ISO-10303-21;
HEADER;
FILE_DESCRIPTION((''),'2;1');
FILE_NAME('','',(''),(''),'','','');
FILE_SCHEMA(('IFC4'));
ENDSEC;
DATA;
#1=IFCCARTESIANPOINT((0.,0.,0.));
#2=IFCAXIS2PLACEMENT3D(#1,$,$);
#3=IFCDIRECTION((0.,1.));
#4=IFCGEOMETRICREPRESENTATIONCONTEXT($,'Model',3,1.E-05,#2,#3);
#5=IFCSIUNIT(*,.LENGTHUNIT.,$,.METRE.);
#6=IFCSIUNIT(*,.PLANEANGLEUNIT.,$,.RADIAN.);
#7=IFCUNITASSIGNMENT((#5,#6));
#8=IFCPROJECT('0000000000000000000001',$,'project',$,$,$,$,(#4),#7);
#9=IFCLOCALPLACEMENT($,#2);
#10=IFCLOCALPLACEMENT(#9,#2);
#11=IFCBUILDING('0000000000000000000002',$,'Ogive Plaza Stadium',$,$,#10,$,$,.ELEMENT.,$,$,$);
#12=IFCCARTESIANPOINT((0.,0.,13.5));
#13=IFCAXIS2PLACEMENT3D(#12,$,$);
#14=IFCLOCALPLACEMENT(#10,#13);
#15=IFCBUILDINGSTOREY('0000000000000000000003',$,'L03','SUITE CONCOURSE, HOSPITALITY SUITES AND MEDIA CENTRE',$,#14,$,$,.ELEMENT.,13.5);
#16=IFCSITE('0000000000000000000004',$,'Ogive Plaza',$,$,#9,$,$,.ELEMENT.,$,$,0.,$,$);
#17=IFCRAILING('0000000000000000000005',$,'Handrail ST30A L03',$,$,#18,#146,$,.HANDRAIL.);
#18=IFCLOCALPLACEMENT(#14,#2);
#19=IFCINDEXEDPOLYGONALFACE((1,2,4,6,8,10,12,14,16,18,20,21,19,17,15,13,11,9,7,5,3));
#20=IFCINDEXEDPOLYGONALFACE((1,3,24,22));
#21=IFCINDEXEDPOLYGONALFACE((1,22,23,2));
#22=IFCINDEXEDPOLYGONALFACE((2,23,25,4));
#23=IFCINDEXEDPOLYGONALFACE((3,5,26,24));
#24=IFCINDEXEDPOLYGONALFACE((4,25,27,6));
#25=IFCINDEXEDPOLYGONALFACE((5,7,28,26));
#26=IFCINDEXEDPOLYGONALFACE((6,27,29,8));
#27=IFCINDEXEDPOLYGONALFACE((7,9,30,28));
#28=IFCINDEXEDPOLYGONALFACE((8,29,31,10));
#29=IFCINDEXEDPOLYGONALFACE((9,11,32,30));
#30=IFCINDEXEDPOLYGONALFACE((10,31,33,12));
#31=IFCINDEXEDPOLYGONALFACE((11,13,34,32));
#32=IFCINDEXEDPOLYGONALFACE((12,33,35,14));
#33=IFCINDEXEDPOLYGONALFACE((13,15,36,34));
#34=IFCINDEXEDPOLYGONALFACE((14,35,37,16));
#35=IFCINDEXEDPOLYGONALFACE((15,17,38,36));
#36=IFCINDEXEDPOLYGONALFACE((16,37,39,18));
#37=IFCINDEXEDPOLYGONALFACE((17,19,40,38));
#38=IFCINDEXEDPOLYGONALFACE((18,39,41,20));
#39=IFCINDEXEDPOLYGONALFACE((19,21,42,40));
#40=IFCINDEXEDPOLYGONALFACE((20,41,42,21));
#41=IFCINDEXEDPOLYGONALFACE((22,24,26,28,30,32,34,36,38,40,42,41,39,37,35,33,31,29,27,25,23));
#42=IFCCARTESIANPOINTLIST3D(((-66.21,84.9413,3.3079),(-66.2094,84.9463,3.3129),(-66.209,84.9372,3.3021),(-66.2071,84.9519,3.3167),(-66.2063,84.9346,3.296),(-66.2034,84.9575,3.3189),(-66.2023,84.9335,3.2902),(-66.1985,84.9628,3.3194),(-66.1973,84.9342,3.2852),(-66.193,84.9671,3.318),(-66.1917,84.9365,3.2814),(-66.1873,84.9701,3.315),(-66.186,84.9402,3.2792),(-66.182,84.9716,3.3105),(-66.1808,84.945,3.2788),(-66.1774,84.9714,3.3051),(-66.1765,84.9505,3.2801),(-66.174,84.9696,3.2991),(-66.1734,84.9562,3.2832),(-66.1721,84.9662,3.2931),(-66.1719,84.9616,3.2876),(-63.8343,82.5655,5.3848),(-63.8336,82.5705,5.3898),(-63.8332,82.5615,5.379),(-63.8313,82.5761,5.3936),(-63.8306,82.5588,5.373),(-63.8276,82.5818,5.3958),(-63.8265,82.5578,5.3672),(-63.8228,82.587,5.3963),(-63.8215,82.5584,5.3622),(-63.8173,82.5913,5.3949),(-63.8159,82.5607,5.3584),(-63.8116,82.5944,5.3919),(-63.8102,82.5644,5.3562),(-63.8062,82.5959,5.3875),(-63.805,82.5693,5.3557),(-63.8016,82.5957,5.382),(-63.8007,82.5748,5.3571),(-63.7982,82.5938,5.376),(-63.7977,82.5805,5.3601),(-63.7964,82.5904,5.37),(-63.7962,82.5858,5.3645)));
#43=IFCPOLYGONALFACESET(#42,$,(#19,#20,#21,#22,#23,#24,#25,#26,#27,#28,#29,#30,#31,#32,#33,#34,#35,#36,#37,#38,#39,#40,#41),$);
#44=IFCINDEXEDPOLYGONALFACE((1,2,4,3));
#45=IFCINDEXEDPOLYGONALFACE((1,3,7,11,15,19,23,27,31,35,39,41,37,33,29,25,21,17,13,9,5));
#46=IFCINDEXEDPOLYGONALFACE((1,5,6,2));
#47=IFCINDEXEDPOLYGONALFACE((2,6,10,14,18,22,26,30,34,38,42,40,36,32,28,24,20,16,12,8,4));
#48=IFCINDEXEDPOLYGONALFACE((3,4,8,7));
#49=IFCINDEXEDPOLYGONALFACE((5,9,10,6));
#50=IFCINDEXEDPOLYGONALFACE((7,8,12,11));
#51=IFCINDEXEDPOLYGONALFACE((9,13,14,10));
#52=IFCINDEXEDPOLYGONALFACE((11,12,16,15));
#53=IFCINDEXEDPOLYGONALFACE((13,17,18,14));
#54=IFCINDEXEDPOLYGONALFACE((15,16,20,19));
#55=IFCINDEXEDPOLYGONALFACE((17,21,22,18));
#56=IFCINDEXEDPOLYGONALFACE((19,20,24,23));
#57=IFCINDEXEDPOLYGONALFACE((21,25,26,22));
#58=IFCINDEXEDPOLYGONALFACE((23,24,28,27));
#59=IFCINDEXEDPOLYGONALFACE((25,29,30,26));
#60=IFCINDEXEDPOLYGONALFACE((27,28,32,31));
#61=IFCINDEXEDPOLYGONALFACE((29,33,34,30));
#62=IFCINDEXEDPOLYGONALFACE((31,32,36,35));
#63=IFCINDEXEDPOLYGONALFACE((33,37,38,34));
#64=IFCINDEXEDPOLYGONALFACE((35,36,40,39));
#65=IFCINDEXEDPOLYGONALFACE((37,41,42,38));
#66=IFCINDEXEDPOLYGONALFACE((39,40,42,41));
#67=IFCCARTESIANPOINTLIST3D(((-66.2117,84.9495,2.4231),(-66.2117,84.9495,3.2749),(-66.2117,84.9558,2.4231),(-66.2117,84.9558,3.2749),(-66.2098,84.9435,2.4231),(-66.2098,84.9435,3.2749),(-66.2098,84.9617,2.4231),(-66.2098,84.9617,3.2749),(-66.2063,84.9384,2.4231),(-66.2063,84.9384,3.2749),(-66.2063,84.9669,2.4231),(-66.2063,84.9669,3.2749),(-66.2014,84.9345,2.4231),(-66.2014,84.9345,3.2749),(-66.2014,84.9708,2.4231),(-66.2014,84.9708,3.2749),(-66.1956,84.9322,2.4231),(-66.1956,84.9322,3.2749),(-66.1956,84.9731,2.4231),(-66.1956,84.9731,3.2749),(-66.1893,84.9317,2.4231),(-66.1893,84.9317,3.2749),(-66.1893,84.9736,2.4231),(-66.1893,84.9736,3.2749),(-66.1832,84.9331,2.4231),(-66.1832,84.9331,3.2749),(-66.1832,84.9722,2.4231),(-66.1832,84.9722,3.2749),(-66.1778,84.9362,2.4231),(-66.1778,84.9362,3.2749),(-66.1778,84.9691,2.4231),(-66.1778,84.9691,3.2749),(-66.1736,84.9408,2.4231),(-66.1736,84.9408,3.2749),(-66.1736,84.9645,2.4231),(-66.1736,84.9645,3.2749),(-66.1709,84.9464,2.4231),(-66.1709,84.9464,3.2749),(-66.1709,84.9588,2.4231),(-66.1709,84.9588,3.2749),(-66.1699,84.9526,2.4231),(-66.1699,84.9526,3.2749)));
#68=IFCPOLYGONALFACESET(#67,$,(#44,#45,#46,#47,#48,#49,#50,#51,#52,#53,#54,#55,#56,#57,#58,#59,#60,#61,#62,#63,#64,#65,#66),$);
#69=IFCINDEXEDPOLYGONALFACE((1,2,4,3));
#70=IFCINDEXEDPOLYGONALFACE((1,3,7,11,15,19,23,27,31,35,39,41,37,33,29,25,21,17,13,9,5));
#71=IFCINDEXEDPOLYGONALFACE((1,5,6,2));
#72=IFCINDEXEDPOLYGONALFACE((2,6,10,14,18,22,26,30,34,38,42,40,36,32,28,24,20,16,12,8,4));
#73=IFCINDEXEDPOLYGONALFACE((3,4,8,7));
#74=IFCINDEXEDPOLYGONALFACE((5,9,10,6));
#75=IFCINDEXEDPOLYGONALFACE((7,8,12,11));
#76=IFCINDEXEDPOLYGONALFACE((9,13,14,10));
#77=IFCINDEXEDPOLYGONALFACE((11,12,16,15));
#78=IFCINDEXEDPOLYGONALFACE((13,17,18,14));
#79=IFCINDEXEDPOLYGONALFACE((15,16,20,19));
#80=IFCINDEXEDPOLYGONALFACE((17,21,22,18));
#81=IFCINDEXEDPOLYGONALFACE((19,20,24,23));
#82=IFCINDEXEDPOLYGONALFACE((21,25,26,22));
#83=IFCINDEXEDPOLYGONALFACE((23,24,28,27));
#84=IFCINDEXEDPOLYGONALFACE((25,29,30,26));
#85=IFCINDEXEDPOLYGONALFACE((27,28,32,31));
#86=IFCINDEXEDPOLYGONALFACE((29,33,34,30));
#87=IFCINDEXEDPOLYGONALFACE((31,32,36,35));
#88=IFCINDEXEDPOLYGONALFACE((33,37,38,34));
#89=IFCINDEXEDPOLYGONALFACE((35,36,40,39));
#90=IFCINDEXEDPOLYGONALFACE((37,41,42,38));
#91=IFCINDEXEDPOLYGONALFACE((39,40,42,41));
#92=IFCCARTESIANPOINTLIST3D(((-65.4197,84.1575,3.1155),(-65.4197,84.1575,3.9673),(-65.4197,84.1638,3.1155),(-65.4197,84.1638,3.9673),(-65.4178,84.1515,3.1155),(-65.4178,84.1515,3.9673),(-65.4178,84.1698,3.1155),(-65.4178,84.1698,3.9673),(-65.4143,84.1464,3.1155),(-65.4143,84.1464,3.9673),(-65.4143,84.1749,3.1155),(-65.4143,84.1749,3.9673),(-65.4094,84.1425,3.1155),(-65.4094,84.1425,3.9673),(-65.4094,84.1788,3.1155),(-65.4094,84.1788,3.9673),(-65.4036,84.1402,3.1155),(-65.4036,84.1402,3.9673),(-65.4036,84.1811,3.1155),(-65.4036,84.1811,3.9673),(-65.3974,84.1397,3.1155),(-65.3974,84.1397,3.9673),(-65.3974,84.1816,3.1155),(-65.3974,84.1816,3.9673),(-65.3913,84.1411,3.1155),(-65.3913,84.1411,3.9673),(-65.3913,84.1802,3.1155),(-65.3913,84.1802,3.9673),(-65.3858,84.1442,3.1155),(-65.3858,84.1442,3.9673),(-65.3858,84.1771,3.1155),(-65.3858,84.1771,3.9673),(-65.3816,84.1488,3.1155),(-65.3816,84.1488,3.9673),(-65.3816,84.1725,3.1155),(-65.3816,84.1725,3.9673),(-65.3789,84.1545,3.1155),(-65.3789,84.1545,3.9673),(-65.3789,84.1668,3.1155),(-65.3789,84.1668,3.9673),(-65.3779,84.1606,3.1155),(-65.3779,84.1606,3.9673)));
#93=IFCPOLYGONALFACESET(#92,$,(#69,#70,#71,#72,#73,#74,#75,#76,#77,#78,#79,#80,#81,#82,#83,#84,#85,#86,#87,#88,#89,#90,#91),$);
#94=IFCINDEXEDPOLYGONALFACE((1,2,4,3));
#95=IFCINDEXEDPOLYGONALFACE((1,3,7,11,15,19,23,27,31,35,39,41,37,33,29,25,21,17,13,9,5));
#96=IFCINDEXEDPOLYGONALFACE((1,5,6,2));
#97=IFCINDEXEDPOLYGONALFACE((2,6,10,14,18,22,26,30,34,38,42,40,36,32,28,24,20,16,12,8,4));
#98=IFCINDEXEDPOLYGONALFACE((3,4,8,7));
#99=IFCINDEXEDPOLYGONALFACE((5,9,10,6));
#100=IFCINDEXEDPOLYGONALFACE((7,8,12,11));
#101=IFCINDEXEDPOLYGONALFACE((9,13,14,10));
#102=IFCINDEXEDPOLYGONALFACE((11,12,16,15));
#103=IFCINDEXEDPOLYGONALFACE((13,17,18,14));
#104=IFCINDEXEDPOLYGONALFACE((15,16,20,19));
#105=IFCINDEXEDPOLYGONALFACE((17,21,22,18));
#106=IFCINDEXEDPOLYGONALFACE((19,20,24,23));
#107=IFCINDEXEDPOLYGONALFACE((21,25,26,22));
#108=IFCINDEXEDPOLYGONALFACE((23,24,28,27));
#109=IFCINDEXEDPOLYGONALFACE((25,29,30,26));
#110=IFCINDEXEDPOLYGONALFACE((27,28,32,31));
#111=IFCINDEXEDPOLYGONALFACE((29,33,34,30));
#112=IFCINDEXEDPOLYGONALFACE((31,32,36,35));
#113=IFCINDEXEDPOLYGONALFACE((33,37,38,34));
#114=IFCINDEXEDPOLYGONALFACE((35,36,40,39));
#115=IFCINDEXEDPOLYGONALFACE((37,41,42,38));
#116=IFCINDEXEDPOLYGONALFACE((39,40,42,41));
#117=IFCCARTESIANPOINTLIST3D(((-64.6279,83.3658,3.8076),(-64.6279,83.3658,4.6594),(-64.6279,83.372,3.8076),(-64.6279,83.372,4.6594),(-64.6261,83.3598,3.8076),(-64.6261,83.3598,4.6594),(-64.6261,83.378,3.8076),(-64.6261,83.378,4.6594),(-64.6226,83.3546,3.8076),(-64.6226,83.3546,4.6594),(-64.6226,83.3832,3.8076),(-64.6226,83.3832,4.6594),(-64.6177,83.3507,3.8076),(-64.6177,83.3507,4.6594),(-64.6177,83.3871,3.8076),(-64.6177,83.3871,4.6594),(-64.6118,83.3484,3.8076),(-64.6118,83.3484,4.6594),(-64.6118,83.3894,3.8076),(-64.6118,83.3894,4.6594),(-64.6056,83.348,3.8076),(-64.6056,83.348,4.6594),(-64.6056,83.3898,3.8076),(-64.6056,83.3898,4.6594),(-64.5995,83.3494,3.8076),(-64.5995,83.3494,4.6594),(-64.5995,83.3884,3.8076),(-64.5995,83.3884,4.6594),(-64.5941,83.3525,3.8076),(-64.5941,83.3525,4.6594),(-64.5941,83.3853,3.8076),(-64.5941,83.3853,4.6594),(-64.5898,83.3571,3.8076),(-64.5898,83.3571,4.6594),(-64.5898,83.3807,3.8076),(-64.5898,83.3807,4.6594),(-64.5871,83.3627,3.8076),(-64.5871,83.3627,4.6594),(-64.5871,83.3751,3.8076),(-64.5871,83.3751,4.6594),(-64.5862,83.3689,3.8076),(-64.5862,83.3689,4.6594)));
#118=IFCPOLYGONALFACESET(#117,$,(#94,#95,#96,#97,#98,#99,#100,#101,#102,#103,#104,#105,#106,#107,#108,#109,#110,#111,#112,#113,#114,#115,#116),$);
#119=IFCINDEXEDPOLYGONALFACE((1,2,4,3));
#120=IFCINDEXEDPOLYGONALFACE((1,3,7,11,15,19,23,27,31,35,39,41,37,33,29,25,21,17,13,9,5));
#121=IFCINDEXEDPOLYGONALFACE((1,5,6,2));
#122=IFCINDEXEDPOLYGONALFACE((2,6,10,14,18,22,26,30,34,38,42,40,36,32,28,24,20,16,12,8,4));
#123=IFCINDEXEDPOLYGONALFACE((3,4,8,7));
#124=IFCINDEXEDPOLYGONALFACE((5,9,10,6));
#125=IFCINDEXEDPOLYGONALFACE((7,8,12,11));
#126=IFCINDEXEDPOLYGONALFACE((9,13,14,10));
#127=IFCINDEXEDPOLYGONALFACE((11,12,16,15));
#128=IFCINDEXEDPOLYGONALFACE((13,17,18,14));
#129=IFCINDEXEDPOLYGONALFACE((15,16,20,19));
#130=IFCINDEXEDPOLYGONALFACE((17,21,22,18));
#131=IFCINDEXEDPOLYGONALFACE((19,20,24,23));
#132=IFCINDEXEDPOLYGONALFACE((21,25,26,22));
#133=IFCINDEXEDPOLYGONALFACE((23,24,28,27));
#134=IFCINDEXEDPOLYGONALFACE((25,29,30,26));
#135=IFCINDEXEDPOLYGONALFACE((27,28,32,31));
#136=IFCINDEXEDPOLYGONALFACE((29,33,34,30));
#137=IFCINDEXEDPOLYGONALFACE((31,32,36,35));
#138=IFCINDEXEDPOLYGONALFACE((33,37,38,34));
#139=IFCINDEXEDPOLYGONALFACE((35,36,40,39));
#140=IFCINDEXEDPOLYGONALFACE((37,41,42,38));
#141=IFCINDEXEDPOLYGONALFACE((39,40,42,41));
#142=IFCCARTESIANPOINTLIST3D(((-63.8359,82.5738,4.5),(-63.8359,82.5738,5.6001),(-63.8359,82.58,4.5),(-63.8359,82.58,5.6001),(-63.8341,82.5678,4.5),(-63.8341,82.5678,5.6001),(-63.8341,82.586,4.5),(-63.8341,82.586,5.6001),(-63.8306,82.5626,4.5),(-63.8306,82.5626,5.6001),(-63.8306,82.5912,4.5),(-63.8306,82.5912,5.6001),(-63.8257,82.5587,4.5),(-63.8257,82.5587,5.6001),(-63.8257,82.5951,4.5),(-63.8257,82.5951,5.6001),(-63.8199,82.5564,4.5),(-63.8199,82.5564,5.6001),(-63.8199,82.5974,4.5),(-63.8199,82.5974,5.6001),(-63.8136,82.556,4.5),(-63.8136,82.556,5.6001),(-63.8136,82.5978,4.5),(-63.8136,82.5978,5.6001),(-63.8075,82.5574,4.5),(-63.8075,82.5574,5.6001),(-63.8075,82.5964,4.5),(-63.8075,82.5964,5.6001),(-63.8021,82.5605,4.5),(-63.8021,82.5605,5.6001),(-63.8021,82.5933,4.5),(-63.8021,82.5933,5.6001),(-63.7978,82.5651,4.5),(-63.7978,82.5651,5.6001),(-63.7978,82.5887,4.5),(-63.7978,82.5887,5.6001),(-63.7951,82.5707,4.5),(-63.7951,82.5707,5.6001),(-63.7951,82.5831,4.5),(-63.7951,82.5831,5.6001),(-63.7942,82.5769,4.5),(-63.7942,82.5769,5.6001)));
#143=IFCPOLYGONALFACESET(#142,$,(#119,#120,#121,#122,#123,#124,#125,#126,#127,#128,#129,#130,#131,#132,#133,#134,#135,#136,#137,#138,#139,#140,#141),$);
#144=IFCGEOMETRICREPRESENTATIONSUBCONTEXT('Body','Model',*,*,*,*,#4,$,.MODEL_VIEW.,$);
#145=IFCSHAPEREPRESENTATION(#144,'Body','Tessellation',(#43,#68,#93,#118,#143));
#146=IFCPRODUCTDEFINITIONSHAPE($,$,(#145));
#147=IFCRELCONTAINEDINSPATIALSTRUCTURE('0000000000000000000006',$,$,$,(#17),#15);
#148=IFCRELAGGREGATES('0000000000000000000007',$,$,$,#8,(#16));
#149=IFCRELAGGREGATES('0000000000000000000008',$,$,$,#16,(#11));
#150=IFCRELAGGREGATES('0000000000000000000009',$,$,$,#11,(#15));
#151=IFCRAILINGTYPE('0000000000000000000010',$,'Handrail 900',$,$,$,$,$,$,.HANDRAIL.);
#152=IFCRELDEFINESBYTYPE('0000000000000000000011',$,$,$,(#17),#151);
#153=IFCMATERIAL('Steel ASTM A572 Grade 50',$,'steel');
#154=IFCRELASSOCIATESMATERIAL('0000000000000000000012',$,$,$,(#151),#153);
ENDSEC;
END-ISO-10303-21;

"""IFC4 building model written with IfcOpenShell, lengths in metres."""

from ifc_helpers import new_model, si_unit, direction, frame, origin, origin_2d, place, context, subcontext, project, spatial, circle, extrude, material, type_object, element, save


model = new_model("IFC4")

# Units and contexts
model_context = context("Model", 3, precision=1e-05, world=origin(), true_north=direction((0.0, 1.0)))
body_context = subcontext(model_context, "Body", "Model", "MODEL_VIEW")
ifc_project = project(units=[si_unit("LENGTHUNIT", "METRE"), si_unit("PLANEANGLEUNIT", "RADIAN")], contexts=[model_context])

# Site, building, storey
site_placement = place(None, origin())
site = spatial("IfcSite", under=ifc_project, at=site_placement, Name="Ogive Plaza", CompositionType="ELEMENT", RefElevation=0.0)
building_placement = place(site_placement, origin())
building = spatial("IfcBuilding", under=site, at=building_placement, Name="Ogive Plaza Stadium", CompositionType="ELEMENT")
storey_placement = place(building_placement, frame((0.0, 0.0, 13.5)))
storey = spatial("IfcBuildingStorey", under=building, at=storey_placement, Name="L03", Description="SUITE CONCOURSE, HOSPITALITY SUITES AND MEDIA CENTRE", CompositionType="ELEMENT", Elevation=13.5)

# Railing
ifc_material_1 = material(Name="Steel ASTM A572 Grade 50", Category="steel")
railing_type_1 = type_object("IfcRailingType", Name="Handrail 900", PredefinedType="HANDRAIL", material=ifc_material_1)
for number, where, name in (
    (1, (-66.1909, 84.9526, 2.4231), "Handrail ST30A L03"),
):
    element("IfcRailing", number, at=place(storey_placement, frame(where)), inside=storey, type_object=railing_type_1, Name=name, PredefinedType="HANDRAIL", context=body_context, shape_type="SweptSolid", body=[
        extrude(circle(Radius=0.0239, at=origin_2d()), frame((0.0, 0.0, 0.876), z_axis=(0.601466, -0.601466, 0.525811), x_axis=(0.707107, 0.707107, 0.0)), (0.0, 0.0, 1.0), 3.95),
        extrude(circle(Radius=0.021, at=origin_2d()), origin(), (0.0, 0.0, 1.0), 0.8518),
        extrude(circle(Radius=0.021, at=origin_2d()), frame((0.792, -0.792, 0.6924)), (0.0, 0.0, 1.0), 0.8518),
        extrude(circle(Radius=0.021, at=origin_2d()), frame((1.5837, -1.5837, 1.3845)), (0.0, 0.0, 1.0), 0.8518),
        extrude(circle(Radius=0.021, at=origin_2d()), frame((2.3757, -2.3757, 2.0769)), (0.0, 0.0, 1.0), 1.1001),
    ])

save(model, "model.ifc")
